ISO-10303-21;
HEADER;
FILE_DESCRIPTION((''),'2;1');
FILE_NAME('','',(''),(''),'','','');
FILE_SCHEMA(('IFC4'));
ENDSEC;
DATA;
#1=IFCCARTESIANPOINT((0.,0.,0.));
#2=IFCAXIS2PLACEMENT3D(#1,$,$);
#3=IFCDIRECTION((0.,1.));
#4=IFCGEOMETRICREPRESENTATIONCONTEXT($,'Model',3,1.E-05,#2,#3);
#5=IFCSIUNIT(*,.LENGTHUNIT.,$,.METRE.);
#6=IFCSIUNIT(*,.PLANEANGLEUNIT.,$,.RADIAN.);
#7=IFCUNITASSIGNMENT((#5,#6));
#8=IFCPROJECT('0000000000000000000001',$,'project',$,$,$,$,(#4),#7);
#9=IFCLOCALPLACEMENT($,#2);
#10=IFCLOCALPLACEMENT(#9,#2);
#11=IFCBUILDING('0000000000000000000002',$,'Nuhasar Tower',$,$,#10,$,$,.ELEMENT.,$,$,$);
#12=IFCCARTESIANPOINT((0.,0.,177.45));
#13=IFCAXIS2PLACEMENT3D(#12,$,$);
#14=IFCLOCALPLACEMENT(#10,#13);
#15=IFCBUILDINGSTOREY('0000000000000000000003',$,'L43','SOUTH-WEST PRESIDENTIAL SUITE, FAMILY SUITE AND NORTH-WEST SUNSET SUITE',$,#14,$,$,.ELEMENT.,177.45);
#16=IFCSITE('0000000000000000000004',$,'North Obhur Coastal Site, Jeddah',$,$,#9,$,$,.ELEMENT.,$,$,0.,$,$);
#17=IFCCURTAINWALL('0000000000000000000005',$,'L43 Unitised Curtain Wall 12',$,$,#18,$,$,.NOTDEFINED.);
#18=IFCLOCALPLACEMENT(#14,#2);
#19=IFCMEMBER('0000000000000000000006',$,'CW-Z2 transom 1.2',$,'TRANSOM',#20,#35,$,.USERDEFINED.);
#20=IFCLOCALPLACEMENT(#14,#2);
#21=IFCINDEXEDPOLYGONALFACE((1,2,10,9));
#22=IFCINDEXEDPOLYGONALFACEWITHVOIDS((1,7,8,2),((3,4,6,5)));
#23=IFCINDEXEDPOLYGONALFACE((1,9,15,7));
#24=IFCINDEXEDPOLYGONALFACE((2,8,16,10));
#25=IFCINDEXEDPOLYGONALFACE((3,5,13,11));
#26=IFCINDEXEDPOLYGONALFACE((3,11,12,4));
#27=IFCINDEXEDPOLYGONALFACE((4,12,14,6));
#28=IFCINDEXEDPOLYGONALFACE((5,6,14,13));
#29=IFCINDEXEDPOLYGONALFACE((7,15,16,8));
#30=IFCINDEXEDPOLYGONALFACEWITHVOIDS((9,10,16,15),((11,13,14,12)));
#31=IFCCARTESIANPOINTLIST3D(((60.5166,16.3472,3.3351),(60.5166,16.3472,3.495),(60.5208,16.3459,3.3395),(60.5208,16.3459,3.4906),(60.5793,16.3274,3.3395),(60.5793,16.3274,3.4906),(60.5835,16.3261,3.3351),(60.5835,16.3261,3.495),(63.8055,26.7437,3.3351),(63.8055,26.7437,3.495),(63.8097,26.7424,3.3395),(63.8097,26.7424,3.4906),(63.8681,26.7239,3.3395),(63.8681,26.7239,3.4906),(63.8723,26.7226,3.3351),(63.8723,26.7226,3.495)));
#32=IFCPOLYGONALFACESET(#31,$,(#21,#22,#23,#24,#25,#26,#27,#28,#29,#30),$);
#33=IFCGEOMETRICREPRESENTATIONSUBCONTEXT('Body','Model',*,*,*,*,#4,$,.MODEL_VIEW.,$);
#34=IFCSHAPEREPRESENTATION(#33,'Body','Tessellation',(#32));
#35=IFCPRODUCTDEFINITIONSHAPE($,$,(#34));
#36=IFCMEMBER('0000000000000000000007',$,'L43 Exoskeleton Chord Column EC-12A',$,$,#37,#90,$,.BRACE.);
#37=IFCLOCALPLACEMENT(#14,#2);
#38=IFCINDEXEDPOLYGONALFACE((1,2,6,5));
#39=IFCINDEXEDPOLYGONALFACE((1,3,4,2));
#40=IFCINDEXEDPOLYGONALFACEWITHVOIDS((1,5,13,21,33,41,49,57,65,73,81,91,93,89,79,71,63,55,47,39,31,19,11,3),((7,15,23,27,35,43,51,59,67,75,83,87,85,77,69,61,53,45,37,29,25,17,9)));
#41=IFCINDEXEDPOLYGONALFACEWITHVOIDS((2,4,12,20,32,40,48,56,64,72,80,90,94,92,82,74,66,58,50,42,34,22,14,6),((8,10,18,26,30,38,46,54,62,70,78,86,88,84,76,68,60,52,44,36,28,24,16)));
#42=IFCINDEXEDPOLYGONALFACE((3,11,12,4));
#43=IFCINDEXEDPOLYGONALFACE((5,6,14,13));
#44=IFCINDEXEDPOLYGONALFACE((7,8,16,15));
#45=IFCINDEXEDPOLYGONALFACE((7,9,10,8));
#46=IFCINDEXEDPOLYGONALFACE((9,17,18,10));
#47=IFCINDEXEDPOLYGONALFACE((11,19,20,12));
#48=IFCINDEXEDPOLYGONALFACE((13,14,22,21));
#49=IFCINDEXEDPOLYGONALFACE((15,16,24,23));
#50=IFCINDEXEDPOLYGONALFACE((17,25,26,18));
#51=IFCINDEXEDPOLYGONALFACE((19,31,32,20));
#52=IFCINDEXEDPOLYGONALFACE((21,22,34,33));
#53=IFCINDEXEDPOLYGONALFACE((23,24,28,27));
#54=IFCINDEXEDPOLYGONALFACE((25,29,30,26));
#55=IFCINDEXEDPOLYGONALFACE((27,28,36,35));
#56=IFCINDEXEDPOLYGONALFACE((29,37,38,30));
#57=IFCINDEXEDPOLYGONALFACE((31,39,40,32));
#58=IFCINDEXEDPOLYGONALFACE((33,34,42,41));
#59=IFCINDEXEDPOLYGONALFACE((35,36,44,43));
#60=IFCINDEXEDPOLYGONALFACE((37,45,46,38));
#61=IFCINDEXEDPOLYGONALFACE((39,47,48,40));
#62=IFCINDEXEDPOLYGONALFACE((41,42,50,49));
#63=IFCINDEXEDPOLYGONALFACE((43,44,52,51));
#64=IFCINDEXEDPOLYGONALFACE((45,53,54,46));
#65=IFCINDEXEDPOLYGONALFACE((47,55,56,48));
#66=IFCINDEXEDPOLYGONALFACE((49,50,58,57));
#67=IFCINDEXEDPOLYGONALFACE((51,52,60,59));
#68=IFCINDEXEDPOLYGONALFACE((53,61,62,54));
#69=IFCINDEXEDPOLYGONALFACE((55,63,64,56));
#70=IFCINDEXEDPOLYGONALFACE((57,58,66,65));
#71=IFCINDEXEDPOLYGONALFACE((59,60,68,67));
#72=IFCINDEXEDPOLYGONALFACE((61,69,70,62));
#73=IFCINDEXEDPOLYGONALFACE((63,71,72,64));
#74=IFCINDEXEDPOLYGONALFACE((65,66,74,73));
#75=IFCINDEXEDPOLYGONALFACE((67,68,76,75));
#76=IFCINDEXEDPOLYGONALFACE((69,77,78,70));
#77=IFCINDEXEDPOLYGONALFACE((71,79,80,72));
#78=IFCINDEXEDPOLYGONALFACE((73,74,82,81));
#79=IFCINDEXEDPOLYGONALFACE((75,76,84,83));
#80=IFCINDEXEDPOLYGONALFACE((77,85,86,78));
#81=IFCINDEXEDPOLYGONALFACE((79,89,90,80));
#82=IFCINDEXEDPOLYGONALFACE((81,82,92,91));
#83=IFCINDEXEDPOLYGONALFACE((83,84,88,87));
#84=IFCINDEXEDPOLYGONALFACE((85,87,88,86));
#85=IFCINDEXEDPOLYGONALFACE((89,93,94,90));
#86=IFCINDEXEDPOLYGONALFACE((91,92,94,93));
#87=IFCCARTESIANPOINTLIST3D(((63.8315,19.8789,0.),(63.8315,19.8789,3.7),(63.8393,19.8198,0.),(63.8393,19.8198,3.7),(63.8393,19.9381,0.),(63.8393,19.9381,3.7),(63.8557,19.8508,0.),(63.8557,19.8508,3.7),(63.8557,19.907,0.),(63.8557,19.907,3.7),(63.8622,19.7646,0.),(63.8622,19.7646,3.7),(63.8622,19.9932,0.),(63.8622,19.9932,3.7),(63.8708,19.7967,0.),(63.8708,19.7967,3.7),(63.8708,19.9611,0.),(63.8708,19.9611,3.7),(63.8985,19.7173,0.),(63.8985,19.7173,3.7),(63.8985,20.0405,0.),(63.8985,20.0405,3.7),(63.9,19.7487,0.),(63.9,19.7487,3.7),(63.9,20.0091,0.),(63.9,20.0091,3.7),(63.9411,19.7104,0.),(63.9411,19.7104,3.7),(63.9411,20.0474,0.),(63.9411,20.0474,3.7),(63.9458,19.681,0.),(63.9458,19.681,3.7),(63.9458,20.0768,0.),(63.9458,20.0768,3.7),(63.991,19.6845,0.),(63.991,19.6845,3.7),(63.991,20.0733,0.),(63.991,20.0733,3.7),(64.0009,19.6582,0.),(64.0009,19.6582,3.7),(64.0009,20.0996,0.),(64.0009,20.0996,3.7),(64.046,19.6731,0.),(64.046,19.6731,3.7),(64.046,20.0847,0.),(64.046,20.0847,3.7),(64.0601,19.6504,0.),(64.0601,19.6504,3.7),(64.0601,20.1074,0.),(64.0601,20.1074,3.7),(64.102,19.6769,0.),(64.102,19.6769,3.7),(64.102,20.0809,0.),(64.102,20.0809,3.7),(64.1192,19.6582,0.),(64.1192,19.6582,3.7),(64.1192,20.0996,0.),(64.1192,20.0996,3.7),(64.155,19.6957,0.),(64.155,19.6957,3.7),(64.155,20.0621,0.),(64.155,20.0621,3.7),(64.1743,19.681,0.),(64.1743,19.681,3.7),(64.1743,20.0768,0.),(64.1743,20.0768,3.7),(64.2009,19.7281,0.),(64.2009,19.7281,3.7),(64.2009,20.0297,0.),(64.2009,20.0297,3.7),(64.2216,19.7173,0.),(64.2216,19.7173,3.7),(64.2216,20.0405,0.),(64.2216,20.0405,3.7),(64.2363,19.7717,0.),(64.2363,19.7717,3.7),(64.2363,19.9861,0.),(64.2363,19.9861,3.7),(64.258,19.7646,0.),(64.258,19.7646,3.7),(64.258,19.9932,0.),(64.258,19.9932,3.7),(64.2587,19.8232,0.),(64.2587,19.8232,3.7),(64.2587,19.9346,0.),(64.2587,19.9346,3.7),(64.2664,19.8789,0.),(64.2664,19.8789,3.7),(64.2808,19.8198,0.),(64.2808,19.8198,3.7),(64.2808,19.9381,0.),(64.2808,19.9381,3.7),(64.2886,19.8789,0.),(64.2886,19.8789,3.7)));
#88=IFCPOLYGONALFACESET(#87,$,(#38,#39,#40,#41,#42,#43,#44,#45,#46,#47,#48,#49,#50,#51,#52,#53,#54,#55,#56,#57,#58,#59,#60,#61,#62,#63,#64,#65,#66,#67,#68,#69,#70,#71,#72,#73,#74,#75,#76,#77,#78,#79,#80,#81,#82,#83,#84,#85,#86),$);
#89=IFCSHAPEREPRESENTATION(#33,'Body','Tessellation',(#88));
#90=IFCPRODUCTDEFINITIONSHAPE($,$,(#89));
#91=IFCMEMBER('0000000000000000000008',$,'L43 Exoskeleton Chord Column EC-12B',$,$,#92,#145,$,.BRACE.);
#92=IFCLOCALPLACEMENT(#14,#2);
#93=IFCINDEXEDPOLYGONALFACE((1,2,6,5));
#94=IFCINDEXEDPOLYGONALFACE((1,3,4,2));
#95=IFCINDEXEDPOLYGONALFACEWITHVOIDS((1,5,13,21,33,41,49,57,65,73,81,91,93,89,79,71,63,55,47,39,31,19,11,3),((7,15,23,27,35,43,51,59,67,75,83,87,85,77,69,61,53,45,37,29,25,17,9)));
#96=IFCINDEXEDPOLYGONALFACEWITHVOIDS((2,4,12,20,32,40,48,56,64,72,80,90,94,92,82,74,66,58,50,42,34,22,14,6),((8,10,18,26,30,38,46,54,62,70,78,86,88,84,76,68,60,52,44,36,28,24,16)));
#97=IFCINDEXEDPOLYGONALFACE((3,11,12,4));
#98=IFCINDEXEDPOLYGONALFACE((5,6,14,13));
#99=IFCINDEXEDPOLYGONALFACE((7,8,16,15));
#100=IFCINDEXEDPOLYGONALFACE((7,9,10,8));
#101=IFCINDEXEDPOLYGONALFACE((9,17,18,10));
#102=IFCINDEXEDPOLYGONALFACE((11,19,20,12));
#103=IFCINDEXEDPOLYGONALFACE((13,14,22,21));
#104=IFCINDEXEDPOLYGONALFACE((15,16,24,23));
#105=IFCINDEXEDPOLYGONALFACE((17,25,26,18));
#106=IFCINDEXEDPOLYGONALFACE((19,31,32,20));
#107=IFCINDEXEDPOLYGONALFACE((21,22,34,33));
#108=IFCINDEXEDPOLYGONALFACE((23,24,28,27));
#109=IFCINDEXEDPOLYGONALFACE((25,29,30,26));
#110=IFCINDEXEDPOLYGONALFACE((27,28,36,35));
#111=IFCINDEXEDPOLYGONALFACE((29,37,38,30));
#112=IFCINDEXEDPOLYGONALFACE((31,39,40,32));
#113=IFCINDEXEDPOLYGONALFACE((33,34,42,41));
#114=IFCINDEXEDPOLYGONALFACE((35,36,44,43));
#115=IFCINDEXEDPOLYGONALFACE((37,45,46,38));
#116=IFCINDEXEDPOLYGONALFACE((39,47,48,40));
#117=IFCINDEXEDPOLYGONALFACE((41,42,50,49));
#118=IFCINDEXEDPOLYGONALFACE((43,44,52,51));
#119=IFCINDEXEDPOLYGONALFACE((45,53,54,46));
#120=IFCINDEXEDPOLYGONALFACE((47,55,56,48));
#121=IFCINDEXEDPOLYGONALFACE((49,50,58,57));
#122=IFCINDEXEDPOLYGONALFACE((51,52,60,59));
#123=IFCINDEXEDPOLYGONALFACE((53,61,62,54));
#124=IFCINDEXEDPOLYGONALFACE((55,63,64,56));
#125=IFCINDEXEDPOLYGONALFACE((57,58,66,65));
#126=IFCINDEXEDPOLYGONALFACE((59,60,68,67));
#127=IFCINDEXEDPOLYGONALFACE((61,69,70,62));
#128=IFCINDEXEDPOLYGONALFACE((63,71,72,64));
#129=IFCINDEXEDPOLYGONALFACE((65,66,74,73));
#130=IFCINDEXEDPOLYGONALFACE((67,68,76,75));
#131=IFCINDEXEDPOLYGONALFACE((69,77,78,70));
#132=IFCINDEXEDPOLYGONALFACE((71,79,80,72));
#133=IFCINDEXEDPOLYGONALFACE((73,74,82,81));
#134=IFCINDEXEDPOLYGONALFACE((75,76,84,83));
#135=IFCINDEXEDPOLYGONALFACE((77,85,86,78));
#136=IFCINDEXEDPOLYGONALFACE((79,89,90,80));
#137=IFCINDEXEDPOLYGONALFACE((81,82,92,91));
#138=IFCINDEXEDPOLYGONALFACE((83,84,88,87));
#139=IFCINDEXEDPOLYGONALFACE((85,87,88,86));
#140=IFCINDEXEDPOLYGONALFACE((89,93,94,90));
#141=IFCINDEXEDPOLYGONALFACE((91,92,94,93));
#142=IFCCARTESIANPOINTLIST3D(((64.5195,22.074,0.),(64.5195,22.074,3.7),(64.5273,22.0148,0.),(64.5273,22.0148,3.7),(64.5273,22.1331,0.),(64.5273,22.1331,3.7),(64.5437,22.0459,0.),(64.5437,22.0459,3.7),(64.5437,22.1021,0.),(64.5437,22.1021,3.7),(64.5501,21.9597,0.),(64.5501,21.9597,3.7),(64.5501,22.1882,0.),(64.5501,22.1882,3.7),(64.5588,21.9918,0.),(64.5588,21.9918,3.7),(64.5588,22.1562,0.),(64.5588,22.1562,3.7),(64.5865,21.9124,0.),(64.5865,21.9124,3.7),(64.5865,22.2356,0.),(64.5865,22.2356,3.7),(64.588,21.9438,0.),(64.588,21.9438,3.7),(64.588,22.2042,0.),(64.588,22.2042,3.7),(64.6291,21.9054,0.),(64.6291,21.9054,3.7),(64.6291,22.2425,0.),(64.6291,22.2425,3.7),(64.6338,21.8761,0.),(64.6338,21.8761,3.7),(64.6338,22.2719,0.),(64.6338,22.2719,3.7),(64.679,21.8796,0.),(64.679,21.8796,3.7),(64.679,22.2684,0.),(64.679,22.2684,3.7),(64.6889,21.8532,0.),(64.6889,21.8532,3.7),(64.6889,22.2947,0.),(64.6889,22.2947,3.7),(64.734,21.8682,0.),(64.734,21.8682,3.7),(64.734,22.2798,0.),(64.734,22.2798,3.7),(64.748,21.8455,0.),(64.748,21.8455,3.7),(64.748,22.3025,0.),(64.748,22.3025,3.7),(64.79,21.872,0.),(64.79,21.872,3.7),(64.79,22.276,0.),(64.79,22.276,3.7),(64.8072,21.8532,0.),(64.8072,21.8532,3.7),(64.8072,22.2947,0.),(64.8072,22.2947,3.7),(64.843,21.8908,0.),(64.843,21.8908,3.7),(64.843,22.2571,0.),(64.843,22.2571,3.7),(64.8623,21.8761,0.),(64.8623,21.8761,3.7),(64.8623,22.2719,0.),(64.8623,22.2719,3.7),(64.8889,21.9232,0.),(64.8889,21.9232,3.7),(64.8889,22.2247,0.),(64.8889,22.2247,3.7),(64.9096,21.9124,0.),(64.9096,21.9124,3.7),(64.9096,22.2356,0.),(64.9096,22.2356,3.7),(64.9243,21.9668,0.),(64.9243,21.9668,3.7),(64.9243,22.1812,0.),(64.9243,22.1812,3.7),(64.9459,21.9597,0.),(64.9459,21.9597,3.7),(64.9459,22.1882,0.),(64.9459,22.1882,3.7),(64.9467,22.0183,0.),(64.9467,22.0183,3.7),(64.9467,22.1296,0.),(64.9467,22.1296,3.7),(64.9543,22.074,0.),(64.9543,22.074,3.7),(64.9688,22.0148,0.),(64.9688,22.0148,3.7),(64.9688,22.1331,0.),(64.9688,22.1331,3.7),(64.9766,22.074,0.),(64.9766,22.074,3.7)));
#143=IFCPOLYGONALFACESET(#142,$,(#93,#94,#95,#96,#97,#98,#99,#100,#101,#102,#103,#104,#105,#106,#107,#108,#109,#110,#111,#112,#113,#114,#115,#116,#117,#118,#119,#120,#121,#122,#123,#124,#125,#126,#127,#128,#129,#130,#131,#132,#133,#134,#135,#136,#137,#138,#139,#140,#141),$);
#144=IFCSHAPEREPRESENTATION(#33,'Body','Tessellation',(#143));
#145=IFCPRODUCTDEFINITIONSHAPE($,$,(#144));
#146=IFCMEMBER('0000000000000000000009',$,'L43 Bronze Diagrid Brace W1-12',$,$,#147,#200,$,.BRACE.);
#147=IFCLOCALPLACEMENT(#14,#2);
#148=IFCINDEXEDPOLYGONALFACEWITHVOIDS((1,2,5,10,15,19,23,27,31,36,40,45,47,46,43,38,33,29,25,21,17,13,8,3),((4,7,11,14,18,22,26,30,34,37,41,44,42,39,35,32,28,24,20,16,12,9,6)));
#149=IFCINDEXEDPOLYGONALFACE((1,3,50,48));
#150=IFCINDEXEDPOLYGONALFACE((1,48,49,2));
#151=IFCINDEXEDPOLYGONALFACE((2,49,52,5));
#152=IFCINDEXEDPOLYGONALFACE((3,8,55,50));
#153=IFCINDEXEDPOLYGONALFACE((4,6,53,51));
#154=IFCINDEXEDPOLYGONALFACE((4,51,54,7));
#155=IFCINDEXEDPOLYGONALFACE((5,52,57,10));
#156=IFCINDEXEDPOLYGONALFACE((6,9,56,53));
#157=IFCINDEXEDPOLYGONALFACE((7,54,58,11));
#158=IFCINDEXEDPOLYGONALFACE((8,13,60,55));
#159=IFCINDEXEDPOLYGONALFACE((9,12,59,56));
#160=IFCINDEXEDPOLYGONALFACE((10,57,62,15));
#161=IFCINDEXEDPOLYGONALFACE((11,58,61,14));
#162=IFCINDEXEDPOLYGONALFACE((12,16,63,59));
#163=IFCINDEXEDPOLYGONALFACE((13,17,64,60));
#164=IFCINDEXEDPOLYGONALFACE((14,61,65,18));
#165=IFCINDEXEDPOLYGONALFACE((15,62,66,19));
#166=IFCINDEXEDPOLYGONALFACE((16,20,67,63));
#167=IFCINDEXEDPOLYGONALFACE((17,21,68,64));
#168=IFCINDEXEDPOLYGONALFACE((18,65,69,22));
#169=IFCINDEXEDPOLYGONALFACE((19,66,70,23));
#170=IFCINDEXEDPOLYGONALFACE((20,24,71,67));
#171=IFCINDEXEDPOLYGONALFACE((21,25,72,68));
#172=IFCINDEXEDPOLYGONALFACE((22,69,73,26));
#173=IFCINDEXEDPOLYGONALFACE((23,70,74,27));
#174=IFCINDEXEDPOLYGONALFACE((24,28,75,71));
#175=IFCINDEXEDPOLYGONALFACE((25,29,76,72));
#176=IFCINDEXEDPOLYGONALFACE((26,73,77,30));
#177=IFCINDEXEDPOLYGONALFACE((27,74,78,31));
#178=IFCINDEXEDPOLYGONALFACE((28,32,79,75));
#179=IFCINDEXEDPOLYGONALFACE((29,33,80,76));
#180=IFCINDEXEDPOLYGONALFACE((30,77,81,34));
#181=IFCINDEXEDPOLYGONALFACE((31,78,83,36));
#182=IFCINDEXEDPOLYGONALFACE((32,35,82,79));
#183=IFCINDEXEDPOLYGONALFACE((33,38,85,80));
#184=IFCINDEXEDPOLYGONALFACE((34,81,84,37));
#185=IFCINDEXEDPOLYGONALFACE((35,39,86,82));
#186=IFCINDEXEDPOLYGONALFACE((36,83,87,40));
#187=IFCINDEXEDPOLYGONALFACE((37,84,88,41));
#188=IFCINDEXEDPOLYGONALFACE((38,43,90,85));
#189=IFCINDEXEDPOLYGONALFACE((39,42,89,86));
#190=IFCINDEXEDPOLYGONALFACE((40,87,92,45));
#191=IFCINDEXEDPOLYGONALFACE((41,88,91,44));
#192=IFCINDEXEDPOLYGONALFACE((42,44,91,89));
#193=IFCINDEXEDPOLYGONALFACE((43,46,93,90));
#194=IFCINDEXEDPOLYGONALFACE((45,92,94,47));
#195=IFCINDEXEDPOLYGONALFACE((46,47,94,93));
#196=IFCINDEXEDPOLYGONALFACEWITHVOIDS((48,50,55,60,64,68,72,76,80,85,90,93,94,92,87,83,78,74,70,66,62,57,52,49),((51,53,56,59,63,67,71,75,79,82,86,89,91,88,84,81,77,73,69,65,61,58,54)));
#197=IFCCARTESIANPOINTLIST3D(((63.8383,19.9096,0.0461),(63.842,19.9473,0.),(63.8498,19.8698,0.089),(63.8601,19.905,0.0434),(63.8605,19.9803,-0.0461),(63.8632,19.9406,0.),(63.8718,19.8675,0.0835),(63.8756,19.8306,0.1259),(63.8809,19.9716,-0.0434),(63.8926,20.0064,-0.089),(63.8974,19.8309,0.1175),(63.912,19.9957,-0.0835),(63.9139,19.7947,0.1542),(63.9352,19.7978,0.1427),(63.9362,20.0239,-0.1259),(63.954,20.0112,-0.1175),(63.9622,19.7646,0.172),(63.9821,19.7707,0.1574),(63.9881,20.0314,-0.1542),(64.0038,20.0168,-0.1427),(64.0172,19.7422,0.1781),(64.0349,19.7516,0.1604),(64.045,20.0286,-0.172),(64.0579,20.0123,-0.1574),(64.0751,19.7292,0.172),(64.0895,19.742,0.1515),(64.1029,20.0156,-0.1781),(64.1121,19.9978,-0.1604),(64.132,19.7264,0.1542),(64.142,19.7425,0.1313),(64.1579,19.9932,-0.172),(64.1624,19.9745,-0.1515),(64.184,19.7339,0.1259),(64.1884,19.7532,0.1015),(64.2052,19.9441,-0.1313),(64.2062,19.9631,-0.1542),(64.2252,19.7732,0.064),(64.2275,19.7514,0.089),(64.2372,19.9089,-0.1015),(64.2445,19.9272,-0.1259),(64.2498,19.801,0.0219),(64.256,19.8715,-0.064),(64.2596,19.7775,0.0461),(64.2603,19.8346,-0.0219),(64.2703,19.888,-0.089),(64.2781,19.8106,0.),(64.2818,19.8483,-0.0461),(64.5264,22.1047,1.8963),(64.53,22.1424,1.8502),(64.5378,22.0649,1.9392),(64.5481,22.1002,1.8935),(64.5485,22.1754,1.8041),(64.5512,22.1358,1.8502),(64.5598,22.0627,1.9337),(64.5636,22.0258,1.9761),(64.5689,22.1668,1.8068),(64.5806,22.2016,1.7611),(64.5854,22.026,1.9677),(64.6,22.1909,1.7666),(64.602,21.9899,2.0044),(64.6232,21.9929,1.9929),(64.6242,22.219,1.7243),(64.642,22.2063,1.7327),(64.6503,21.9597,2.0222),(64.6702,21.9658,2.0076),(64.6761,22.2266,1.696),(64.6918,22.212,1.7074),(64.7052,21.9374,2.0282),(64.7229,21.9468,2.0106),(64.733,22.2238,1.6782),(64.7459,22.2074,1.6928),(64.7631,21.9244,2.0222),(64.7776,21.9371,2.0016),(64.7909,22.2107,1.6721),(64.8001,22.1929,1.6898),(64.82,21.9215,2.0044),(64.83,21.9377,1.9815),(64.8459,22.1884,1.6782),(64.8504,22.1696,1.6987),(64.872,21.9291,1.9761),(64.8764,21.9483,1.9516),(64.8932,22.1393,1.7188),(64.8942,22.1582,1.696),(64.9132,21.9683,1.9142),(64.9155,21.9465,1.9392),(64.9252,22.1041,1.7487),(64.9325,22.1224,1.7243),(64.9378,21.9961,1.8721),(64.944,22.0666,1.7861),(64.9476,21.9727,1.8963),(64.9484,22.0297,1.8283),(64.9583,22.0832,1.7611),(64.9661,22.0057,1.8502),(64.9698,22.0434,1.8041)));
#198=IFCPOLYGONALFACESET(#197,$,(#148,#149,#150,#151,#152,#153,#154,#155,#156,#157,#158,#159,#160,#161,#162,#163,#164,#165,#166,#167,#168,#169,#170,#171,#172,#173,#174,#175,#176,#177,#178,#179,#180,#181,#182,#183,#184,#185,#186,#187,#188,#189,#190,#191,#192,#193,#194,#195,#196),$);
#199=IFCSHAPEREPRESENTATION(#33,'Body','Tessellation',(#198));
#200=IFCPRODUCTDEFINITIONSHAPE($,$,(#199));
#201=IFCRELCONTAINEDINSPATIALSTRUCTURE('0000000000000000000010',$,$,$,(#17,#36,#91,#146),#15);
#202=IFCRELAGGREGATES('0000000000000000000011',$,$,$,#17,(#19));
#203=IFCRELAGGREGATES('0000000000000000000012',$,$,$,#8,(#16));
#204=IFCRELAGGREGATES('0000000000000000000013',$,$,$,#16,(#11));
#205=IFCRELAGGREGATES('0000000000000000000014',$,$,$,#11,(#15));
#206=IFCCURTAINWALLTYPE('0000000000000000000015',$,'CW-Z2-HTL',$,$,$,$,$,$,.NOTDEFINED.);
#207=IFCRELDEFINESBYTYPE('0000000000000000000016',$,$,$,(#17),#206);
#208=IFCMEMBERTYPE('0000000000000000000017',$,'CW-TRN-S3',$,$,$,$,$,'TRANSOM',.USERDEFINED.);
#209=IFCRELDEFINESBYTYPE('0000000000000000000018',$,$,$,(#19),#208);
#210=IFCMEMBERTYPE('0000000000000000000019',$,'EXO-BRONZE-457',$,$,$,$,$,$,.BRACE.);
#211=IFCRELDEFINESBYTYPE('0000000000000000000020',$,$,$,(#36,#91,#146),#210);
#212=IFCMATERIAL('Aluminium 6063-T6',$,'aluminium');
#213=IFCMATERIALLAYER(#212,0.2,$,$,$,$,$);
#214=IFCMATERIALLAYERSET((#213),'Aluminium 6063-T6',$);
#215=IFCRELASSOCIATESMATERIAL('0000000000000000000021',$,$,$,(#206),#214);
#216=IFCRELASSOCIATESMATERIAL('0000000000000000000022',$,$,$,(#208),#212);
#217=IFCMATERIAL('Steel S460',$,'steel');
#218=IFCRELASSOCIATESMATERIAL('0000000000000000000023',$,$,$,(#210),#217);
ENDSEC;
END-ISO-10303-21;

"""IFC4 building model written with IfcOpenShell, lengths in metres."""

from ifc_helpers import new_model, si_unit, direction, frame, origin, origin_2d, place, context, subcontext, project, spatial, hollow_rectangle, hollow_circle, extrude, material, layer, layer_set, material_profile, profile_set, type_object, element, aggregate, save


model = new_model("IFC4")

# Units and contexts
model_context = context("Model", 3, precision=1e-05, world=origin(), true_north=direction((0.0, 1.0)))
body_context = subcontext(model_context, "Body", "Model", "MODEL_VIEW")
ifc_project = project(units=[si_unit("LENGTHUNIT", "METRE"), si_unit("PLANEANGLEUNIT", "RADIAN")], contexts=[model_context])

# Site, building, storey
site_placement = place(None, origin())
site = spatial("IfcSite", under=ifc_project, at=site_placement, Name="North Obhur Coastal Site, Jeddah", CompositionType="ELEMENT", RefElevation=0.0)
building_placement = place(site_placement, origin())
building = spatial("IfcBuilding", under=site, at=building_placement, Name="Nuhasar Tower", CompositionType="ELEMENT")
storey_placement = place(building_placement, frame((0.0, 0.0, 177.45)))
storey = spatial("IfcBuildingStorey", under=building, at=storey_placement, Name="L43", Description="SOUTH-WEST PRESIDENTIAL SUITE, FAMILY SUITE AND NORTH-WEST SUNSET SUITE", CompositionType="ELEMENT", Elevation=177.45)

# Curtain wall, member
ifc_material_1 = material(Name="Aluminium 6063-T6", Category="aluminium")
ifc_layer_1 = layer(ifc_material_1, 0.2)
ifc_layer_set_1 = layer_set([ifc_layer_1], Name="Aluminium 6063-T6")
curtain_wall_type = type_object("IfcCurtainWallType", Name="CW-Z2-HTL", PredefinedType="NOTDEFINED", material=ifc_layer_set_1)
curtain_wall_placement = place(storey_placement, origin())
curtain_wall = element("IfcCurtainWall", 1, at=curtain_wall_placement, inside=storey, type_object=curtain_wall_type, Name="L43 Unitised Curtain Wall 12", PredefinedType="NOTDEFINED")
ifc_material_profile_1 = material_profile(ifc_material_1, hollow_rectangle(XDim=0.0701, YDim=0.1599, WallThickness=0.0044, at=origin_2d()), Name="CWT-3")
ifc_profile_set_1 = profile_set([ifc_material_profile_1], Name="Aluminium 6063-T6")
member_type_1 = type_object("IfcMemberType", Name="CW-TRN-S3", ElementType="TRANSOM", PredefinedType="USERDEFINED", material=ifc_profile_set_1)
member_1_placement = place(storey_placement, frame((60.55, 16.3367, 3.415), z_axis=(0.301608, 0.953432, 0.0), x_axis=(-0.953432, 0.301608, 0.0)))
member_1 = element("IfcMember", 2, at=member_1_placement, type_object=member_type_1, Name="CW-Z2 transom 1.2", ObjectType="TRANSOM", PredefinedType="USERDEFINED", context=body_context, shape_type="SweptSolid", body=[
    extrude(hollow_rectangle(XDim=0.0701, YDim=0.1599, WallThickness=0.0044, at=origin_2d()), origin(), (0.0, 0.0, 1.0), 10.9043),
])

# Members
ifc_material_2 = material(Name="Steel S460", Category="steel")
ifc_material_profile_2 = material_profile(ifc_material_2, hollow_circle(Radius=0.2285, WallThickness=0.0222, at=origin_2d()), Name="HSS457X22.2")
ifc_profile_set_2 = profile_set([ifc_material_profile_2], Name="Steel S460")
member_type_2 = type_object("IfcMemberType", Name="EXO-BRONZE-457", PredefinedType="BRACE", material=ifc_profile_set_2)
for number, where, z_axis, x_axis, name in (
    (3, (64.0601, 19.8789, 0.0), (0.0, 0.0, 1.0), (1.0, 0.0, 0.0), "L43 Exoskeleton Chord Column EC-12A"),
    (4, (64.748, 22.074, 0.0), (0.0, 0.0, 1.0), (1.0, 0.0, 0.0), "L43 Exoskeleton Chord Column EC-12B"),
):
    element("IfcMember", number, at=place(storey_placement, frame(where, z_axis=z_axis, x_axis=x_axis)), inside=storey, type_object=member_type_2, Name=name, PredefinedType="BRACE", context=body_context, shape_type="SweptSolid", body=[
        extrude(hollow_circle(Radius=0.2285, WallThickness=0.0222, at=origin_2d()), origin(), (0.0, 0.0, 1.0), 3.7),
    ])
member_2_placement = place(storey_placement, frame((64.0601, 19.8789, 0.0), z_axis=(0.233056, 0.743578, 0.626719), x_axis=(-0.954228, 0.299079, 0.0)))
element("IfcMember", 5, at=member_2_placement, inside=storey, type_object=member_type_2, Name="L43 Bronze Diagrid Brace W1-12", PredefinedType="BRACE", context=body_context, shape_type="SweptSolid", body=[
    extrude(hollow_circle(Radius=0.2285, WallThickness=0.0222, at=origin_2d()), origin(), (0.0, 0.0, 1.0), 2.9521),
])

aggregate(curtain_wall, [member_1])

save(model, "model.ifc")
